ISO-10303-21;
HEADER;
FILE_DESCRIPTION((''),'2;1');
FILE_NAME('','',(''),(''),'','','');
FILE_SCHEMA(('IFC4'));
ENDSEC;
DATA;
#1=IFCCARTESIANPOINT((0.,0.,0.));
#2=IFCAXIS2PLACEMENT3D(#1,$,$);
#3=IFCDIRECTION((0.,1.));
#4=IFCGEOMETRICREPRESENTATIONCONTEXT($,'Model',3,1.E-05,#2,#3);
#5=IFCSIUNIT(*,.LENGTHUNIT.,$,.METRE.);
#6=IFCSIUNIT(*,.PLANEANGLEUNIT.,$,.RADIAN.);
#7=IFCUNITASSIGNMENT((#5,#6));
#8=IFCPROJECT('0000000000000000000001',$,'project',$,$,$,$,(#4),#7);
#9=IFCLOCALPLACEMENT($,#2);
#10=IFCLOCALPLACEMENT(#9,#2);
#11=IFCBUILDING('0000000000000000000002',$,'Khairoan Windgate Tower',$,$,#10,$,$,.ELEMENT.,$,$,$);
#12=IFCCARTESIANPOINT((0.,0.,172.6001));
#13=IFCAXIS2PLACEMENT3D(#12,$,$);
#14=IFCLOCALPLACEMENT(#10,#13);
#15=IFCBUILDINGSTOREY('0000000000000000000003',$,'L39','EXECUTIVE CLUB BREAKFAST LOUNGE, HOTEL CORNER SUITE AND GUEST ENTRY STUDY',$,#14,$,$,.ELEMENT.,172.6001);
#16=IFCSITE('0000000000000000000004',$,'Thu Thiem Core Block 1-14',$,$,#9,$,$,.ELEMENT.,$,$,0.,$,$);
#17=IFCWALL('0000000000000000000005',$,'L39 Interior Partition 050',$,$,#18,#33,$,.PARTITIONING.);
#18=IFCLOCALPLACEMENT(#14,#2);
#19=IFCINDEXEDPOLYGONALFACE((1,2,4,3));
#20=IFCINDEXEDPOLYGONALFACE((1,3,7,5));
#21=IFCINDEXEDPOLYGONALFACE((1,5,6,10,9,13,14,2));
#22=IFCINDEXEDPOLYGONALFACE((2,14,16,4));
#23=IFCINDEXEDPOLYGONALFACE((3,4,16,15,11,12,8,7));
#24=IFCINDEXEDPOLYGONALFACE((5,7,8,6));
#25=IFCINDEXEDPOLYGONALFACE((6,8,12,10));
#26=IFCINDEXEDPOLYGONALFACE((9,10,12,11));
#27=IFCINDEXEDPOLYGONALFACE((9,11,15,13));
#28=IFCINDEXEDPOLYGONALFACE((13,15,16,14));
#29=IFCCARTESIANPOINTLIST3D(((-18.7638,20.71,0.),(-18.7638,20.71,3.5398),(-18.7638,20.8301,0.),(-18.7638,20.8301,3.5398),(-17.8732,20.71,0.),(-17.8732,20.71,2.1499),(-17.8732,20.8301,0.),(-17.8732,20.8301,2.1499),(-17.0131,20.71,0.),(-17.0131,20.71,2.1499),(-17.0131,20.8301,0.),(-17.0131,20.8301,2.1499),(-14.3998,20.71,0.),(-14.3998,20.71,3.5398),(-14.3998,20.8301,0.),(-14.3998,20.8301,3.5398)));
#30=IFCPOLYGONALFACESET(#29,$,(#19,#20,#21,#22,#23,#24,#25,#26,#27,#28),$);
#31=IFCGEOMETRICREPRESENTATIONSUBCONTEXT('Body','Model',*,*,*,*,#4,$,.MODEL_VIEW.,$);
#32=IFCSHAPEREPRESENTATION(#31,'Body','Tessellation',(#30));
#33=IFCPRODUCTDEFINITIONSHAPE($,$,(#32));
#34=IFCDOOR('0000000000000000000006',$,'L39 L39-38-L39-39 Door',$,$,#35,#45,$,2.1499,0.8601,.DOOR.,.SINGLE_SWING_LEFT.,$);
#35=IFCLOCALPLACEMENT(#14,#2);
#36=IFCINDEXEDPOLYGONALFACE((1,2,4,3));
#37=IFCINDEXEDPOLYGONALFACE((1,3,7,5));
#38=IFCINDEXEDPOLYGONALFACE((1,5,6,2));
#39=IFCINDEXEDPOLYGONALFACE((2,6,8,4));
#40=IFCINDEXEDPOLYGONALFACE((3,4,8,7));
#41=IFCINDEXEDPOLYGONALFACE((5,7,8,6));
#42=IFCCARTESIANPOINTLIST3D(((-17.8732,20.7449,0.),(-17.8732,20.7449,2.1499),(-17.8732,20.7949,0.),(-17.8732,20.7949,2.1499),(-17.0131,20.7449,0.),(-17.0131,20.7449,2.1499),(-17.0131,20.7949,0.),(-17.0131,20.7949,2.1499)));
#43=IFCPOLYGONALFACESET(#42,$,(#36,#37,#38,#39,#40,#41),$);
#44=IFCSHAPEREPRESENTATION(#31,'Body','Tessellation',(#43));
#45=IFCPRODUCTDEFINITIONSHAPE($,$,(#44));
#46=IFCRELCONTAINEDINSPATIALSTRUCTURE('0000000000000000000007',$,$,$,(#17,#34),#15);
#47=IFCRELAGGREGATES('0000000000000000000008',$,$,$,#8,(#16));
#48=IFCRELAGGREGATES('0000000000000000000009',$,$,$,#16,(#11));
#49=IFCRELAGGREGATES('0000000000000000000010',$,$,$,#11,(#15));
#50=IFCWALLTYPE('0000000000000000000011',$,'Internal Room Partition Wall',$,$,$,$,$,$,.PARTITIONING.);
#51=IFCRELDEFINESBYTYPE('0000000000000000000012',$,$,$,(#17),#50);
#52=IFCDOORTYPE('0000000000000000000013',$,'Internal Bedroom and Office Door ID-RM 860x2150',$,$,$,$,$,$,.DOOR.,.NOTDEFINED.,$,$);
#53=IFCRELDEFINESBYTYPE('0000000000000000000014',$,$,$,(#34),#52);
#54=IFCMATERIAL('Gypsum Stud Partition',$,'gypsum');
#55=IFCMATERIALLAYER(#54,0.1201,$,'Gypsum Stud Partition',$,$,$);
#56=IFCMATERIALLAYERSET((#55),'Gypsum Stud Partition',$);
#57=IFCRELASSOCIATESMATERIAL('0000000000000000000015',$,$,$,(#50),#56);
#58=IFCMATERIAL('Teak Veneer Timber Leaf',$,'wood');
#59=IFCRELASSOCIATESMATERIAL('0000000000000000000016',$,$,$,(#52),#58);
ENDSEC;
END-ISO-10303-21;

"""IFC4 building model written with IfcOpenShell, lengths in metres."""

from ifc_helpers import new_model, si_unit, direction, frame, frame_2d, origin, place, context, subcontext, project, spatial, rectangle, extrude, material, layer, layer_set, type_object, element, fill, save


model = new_model("IFC4")

# Units and contexts
model_context = context("Model", 3, precision=1e-05, world=origin(), true_north=direction((0.0, 1.0)))
body_context = subcontext(model_context, "Body", "Model", "MODEL_VIEW")
ifc_project = project(units=[si_unit("LENGTHUNIT", "METRE"), si_unit("PLANEANGLEUNIT", "RADIAN")], contexts=[model_context])

# Site, building, storey
site_placement = place(None, origin())
site = spatial("IfcSite", under=ifc_project, at=site_placement, Name="Thu Thiem Core Block 1-14", CompositionType="ELEMENT", RefElevation=0.0)
building_placement = place(site_placement, origin())
building = spatial("IfcBuilding", under=site, at=building_placement, Name="Khairoan Windgate Tower", CompositionType="ELEMENT")
storey_placement = place(building_placement, frame((0.0, 0.0, 172.6001)))
storey = spatial("IfcBuildingStorey", under=building, at=storey_placement, Name="L39", Description="EXECUTIVE CLUB BREAKFAST LOUNGE, HOTEL CORNER SUITE AND GUEST ENTRY STUDY", CompositionType="ELEMENT", Elevation=172.6001)

# Wall, opening, door
ifc_material_1 = material(Name="Gypsum Stud Partition", Category="gypsum")
ifc_layer_1 = layer(ifc_material_1, 0.1201, Name="Gypsum Stud Partition")
ifc_layer_set_1 = layer_set([ifc_layer_1], Name="Gypsum Stud Partition")
wall_type_1 = type_object("IfcWallType", Name="Internal Room Partition Wall", PredefinedType="PARTITIONING", material=ifc_layer_set_1)
wall_1_placement = place(storey_placement, frame((-18.7639, 20.77, 0.0), z_axis=(0.0, 0.0, 1.0), x_axis=(1.0, 0.0, 0.0)))
wall_1 = element("IfcWall", 1, at=wall_1_placement, inside=storey, type_object=wall_type_1, Name="L39 Interior Partition 050", PredefinedType="PARTITIONING", context=body_context, shape_type="SweptSolid", body=[
    extrude(rectangle(XDim=4.364, YDim=0.1201, at=frame_2d((2.1821, 0.0))), origin(), (0.0, 0.0, 1.0), 3.5398),
])
opening_1_placement = place(wall_1_placement, frame((0.8906, 0.0, 0.0)))
opening_1 = element("IfcOpeningElement", 2, at=opening_1_placement, cuts=wall_1, PredefinedType="OPENING", context=body_context, shape_type="SweptSolid", body=[
    extrude(rectangle(XDim=0.8601, YDim=2.1499, at=frame_2d((0.4302, 1.075))), frame((0.0, 0.0701, 0.0), z_axis=(0.0, -1.0, 0.0), x_axis=(1.0, 0.0, 0.0)), (0.0, 0.0, 1.0), 0.1401),
])
ifc_material_2 = material(Name="Teak Veneer Timber Leaf", Category="wood")
door_type_1 = type_object("IfcDoorType", Name="Internal Bedroom and Office Door ID-RM 860x2150", OperationType="NOTDEFINED", PredefinedType="DOOR", material=ifc_material_2)
door_1_placement = place(opening_1_placement, origin())
door_1 = element("IfcDoor", 3, at=door_1_placement, inside=storey, type_object=door_type_1, Name="L39 L39-38-L39-39 Door", OperationType="SINGLE_SWING_LEFT", OverallHeight=2.1499, OverallWidth=0.8601, PredefinedType="DOOR", context=body_context, shape_type="SweptSolid", body=[
    extrude(rectangle(XDim=0.8601, YDim=2.1499, at=frame_2d((0.4302, 1.075))), frame((0.0, 0.0249, 0.0), z_axis=(0.0, -1.0, 0.0), x_axis=(1.0, 0.0, 0.0)), (0.0, 0.0, 1.0), 0.05),
])
fill(opening_1, door_1)

save(model, "model.ifc")
